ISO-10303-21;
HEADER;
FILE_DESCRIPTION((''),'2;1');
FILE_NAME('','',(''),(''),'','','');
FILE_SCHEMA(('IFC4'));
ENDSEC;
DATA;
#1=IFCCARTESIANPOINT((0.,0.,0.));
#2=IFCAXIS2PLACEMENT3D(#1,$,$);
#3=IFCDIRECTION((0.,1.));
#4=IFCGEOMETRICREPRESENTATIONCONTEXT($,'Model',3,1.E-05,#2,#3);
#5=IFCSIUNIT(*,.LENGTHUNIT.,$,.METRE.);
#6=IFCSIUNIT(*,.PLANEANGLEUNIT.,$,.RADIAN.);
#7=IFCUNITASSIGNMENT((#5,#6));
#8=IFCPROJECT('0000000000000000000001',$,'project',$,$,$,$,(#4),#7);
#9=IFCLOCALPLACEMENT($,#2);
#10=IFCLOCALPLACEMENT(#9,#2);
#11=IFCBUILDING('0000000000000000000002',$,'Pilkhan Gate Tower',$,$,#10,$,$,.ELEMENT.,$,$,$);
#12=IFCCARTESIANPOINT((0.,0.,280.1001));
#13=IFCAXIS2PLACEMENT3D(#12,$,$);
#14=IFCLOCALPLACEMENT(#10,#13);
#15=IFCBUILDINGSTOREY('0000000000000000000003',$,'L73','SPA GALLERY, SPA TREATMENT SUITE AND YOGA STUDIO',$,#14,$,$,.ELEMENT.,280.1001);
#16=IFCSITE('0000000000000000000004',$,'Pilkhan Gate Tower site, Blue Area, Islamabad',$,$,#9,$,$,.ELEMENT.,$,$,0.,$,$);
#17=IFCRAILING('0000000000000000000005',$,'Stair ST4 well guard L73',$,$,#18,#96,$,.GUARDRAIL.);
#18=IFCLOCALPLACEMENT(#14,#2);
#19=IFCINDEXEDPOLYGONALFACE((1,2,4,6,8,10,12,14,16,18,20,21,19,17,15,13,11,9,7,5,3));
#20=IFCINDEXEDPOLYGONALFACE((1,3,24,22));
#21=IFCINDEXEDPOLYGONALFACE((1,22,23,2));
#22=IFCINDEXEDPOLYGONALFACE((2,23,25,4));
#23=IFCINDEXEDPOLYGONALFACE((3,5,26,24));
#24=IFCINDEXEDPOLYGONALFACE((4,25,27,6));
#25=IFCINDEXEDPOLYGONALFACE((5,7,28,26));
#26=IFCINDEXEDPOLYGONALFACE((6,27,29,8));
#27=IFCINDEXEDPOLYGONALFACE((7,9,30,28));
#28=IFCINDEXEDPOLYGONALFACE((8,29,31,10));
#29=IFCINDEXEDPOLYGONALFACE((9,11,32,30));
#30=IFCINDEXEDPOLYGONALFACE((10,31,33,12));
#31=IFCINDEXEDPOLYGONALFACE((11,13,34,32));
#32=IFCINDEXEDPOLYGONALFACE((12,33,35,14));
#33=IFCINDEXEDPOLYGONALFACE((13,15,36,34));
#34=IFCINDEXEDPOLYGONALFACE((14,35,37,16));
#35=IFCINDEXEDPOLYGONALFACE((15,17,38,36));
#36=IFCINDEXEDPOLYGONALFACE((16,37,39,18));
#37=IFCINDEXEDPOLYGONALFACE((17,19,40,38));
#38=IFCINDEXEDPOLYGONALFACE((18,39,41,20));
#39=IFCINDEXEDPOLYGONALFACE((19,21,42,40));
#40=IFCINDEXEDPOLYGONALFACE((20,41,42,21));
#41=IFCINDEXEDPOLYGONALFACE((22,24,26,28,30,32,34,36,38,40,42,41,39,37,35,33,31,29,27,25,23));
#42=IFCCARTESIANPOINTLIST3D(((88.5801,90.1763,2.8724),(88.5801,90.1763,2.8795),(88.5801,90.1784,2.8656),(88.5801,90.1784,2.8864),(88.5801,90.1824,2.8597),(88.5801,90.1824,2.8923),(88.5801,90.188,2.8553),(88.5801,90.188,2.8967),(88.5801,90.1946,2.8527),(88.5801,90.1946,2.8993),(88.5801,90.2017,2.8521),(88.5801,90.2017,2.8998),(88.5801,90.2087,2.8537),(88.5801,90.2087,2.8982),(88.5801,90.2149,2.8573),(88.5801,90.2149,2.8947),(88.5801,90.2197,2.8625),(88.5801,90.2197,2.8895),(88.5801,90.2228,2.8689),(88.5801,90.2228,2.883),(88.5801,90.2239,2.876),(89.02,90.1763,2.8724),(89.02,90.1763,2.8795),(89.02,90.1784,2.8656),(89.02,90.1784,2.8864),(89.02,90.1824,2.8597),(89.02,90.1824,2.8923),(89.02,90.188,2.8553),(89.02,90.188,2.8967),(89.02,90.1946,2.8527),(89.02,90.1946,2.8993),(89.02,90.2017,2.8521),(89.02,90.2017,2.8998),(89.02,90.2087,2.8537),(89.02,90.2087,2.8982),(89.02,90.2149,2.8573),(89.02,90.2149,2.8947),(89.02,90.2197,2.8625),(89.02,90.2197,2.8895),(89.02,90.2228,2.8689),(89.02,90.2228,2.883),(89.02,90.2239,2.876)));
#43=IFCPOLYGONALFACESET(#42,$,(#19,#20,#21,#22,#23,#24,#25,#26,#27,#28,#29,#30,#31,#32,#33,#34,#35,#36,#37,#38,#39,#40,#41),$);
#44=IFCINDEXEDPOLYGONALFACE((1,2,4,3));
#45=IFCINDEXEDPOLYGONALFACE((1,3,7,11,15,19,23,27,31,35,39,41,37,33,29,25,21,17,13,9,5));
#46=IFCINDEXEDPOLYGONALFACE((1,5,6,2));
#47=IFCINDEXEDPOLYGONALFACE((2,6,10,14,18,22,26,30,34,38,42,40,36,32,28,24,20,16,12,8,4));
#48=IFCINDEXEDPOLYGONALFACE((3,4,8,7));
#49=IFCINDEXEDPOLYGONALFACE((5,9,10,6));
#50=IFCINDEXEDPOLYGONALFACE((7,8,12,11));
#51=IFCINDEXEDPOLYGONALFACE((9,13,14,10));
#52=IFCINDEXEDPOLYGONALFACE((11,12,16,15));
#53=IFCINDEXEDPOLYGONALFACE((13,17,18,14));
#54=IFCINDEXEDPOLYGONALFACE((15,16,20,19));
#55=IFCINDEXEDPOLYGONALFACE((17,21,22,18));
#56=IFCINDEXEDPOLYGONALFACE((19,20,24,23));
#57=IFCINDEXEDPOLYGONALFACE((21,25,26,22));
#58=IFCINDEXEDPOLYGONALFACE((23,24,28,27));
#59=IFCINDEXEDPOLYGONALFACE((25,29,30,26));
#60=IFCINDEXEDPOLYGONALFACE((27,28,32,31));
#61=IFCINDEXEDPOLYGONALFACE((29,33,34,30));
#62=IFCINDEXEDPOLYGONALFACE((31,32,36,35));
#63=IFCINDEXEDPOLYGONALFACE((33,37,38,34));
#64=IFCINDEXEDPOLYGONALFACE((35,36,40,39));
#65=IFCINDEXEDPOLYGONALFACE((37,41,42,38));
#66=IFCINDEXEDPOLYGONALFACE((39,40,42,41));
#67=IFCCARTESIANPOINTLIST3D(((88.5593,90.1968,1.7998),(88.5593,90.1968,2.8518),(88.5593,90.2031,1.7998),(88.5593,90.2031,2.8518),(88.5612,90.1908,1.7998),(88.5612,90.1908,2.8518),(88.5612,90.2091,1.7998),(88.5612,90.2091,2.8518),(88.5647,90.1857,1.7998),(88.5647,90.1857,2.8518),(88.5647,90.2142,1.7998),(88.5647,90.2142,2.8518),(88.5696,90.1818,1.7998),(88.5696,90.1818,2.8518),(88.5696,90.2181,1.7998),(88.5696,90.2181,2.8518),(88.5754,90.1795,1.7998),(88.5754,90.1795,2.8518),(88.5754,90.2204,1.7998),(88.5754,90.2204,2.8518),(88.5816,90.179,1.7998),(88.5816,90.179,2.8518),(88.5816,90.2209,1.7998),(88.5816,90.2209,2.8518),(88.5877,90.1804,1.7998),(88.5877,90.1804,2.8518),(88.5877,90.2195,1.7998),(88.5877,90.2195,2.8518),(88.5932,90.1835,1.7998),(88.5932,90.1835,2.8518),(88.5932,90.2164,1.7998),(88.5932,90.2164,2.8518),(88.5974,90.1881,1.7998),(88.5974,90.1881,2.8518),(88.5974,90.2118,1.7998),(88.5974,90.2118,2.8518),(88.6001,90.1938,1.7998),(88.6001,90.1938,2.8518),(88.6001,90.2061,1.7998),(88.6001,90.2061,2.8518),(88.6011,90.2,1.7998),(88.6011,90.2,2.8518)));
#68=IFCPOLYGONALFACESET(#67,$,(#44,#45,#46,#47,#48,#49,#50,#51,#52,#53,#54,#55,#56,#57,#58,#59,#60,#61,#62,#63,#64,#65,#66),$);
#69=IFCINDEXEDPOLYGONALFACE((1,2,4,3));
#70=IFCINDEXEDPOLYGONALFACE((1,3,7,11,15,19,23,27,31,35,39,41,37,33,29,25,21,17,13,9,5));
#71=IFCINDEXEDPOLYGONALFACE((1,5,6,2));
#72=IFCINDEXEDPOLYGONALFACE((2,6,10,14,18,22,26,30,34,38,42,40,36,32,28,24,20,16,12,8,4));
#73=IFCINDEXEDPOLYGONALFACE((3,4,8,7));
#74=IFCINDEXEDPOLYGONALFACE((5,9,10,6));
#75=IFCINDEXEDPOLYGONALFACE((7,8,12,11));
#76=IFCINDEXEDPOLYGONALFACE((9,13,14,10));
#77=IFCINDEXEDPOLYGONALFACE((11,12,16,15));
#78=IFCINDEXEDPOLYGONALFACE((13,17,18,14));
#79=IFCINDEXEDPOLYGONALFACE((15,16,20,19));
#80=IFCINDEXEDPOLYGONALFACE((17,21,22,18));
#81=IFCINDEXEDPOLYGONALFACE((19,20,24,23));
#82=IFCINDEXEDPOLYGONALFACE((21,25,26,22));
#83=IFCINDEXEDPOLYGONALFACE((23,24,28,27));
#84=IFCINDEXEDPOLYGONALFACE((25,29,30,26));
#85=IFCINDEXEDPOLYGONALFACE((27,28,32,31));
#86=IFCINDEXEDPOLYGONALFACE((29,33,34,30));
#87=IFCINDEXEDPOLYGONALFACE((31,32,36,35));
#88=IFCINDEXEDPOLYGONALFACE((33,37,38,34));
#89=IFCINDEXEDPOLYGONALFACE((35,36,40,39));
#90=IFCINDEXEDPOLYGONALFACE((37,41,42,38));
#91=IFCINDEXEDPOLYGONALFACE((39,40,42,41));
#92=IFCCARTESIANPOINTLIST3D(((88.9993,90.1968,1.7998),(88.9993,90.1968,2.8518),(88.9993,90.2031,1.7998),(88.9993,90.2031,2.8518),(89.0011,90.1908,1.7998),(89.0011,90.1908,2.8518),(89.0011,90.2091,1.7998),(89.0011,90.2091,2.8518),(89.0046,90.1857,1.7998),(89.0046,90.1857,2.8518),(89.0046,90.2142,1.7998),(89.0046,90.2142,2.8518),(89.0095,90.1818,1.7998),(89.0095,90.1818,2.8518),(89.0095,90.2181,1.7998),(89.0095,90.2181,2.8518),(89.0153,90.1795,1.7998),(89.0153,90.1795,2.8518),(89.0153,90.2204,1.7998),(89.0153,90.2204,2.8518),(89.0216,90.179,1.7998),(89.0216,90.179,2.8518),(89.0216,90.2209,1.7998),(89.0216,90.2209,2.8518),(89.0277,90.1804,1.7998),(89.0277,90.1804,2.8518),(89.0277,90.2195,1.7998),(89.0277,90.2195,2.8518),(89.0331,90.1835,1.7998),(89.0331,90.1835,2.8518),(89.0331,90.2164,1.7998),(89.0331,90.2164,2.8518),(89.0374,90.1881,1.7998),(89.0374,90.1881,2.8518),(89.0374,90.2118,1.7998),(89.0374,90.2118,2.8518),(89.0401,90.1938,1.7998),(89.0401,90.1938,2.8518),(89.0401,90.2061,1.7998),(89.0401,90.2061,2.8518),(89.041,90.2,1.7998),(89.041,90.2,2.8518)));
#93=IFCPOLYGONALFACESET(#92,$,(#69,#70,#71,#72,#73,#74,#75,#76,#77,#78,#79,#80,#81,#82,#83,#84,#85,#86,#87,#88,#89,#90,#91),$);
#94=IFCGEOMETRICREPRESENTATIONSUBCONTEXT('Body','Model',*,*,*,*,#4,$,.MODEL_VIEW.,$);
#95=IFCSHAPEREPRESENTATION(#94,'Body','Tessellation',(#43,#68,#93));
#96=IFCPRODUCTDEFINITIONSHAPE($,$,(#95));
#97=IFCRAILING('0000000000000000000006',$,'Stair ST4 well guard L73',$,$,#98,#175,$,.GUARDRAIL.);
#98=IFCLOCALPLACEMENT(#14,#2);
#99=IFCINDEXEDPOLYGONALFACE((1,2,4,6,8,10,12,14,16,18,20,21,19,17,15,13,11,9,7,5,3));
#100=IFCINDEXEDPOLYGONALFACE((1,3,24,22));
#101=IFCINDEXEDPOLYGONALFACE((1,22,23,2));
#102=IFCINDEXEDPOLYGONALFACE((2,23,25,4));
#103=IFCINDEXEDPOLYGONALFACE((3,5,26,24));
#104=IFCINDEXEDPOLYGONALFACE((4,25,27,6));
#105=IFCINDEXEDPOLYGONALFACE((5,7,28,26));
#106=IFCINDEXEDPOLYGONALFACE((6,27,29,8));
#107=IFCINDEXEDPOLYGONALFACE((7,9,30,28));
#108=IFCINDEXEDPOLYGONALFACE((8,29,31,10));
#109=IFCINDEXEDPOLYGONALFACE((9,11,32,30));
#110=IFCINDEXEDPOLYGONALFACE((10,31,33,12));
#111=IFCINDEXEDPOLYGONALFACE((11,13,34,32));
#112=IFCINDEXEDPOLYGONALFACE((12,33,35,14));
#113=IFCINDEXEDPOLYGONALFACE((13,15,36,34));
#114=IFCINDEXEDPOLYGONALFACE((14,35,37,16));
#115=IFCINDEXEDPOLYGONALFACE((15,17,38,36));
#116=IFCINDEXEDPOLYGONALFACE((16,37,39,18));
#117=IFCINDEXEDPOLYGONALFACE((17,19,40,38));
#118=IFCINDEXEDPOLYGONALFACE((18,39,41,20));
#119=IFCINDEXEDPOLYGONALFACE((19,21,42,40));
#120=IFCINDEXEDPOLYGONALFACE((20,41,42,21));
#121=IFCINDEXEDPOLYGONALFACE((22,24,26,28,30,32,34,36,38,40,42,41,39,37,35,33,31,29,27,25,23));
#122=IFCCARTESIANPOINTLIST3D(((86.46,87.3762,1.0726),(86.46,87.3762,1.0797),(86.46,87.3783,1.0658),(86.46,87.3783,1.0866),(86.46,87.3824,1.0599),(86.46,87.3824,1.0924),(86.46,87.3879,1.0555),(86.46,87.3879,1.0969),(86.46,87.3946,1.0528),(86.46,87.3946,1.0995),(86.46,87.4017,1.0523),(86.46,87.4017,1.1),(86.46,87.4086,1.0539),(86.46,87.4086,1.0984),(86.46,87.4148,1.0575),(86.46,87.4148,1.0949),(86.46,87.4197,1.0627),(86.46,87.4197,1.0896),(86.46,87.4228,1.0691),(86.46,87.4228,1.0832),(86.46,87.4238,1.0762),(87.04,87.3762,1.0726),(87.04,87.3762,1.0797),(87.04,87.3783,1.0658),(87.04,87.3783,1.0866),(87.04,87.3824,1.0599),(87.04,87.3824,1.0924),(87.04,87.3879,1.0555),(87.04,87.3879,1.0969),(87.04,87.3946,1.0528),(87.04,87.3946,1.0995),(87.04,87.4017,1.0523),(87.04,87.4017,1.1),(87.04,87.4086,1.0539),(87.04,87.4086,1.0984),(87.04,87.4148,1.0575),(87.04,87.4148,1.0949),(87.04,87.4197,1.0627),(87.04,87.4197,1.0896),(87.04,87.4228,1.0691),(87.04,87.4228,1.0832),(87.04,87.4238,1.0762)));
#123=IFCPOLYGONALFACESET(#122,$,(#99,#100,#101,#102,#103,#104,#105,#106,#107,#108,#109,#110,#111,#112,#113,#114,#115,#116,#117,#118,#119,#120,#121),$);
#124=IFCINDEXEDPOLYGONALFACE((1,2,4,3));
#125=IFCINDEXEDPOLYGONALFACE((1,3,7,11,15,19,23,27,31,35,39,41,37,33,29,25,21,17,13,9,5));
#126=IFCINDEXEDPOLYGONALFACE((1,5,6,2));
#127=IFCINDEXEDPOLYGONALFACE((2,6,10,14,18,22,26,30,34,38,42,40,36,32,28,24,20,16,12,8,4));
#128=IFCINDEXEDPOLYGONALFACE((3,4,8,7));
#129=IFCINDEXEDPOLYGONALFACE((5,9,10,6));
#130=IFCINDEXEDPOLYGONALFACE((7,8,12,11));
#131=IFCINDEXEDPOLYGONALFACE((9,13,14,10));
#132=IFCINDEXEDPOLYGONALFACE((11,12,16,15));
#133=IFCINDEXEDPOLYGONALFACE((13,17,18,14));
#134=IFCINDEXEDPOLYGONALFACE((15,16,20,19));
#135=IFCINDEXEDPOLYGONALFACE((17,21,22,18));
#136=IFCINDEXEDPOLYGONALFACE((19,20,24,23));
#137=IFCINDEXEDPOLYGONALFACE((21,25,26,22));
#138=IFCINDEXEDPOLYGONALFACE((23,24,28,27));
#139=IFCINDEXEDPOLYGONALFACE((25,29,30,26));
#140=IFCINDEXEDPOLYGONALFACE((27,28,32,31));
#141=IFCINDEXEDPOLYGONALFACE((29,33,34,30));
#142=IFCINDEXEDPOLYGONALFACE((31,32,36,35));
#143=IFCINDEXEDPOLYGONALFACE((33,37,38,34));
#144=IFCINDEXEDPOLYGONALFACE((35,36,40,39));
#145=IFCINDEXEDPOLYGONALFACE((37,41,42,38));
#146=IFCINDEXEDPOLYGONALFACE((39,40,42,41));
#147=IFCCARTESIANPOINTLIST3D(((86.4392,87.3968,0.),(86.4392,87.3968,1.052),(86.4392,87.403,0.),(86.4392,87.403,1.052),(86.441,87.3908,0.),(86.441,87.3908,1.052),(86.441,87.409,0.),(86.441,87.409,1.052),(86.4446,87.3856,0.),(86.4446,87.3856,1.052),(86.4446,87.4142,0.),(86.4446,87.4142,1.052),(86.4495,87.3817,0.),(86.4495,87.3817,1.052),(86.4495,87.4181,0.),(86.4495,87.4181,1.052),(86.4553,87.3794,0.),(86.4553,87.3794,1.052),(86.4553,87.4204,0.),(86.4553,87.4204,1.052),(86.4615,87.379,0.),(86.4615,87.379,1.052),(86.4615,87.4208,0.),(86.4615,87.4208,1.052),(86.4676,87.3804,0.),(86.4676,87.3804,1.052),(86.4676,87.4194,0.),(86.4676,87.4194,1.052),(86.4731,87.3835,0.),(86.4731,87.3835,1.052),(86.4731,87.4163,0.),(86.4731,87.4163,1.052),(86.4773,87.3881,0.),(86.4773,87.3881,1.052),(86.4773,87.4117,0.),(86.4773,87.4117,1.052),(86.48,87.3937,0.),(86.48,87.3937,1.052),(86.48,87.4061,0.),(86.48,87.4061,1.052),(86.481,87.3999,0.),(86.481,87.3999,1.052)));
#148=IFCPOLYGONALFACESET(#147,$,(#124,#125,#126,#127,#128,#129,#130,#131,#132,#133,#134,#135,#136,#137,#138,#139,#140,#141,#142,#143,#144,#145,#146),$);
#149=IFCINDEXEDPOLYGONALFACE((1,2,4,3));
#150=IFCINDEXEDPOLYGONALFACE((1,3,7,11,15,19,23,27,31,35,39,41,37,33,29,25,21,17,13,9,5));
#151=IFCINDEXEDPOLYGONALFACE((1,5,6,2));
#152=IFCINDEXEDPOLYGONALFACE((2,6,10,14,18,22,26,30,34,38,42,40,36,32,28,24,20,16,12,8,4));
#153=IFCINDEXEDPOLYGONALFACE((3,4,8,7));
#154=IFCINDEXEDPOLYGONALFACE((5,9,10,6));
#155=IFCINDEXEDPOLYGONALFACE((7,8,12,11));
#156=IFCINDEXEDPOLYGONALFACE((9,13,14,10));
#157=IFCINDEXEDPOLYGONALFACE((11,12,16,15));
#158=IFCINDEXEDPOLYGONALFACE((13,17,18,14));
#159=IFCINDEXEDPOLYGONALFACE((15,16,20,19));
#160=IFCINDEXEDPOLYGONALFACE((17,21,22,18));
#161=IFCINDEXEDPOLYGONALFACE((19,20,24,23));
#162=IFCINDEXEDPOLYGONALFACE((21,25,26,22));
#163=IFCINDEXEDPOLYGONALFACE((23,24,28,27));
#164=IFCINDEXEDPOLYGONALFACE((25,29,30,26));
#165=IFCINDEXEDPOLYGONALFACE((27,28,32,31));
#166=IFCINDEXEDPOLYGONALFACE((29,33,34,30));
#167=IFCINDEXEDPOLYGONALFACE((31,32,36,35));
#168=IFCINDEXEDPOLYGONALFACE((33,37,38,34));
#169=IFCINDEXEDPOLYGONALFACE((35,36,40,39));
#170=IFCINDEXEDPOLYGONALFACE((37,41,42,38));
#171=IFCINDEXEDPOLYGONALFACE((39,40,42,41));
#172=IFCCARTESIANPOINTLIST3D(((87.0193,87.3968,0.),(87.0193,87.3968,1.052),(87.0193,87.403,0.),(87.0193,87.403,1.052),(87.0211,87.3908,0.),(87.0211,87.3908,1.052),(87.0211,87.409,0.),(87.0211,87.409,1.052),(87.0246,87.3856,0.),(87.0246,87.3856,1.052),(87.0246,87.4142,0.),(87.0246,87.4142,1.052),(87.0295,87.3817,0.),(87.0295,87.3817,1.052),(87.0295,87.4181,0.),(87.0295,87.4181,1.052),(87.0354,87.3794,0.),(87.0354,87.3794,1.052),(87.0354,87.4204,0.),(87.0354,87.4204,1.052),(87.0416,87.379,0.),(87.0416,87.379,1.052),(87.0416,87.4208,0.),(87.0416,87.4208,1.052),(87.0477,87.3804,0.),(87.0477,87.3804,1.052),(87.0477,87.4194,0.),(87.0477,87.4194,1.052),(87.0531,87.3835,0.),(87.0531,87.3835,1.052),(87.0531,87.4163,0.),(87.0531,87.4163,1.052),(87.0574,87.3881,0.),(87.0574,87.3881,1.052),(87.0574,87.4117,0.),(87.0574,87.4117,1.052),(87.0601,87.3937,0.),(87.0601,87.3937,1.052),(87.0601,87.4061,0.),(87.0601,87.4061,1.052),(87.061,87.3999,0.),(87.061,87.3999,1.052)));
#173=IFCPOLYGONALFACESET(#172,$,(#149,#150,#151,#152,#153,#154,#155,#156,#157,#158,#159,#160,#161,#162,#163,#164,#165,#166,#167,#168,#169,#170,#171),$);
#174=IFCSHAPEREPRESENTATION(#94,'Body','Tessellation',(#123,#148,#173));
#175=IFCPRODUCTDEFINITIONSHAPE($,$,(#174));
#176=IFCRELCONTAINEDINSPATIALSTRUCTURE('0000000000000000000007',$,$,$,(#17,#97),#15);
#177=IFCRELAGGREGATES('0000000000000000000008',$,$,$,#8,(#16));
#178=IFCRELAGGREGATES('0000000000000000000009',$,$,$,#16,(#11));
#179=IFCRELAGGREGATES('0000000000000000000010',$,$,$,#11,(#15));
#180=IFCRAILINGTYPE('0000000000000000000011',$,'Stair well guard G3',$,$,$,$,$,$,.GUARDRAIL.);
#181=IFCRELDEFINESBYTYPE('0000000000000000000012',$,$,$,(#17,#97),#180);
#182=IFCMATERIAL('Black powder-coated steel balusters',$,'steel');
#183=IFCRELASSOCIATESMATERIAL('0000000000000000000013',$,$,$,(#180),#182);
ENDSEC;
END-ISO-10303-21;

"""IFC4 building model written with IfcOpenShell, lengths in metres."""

from ifc_helpers import new_model, si_unit, direction, frame, origin, origin_2d, place, context, subcontext, project, spatial, circle, extrude, material, type_object, element, save


model = new_model("IFC4")

# Units and contexts
model_context = context("Model", 3, precision=1e-05, world=origin(), true_north=direction((0.0, 1.0)))
body_context = subcontext(model_context, "Body", "Model", "MODEL_VIEW")
ifc_project = project(units=[si_unit("LENGTHUNIT", "METRE"), si_unit("PLANEANGLEUNIT", "RADIAN")], contexts=[model_context])

# Site, building, storey
site_placement = place(None, origin())
site = spatial("IfcSite", under=ifc_project, at=site_placement, Name="Pilkhan Gate Tower site, Blue Area, Islamabad", CompositionType="ELEMENT", RefElevation=0.0)
building_placement = place(site_placement, origin())
building = spatial("IfcBuilding", under=site, at=building_placement, Name="Pilkhan Gate Tower", CompositionType="ELEMENT")
storey_placement = place(building_placement, frame((0.0, 0.0, 280.1001)))
storey = spatial("IfcBuildingStorey", under=building, at=storey_placement, Name="L73", Description="SPA GALLERY, SPA TREATMENT SUITE AND YOGA STUDIO", CompositionType="ELEMENT", Elevation=280.1001)

# Railings
ifc_material_1 = material(Name="Black powder-coated steel balusters", Category="steel")
railing_type_1 = type_object("IfcRailingType", Name="Stair well guard G3", PredefinedType="GUARDRAIL", material=ifc_material_1)
railing_1_placement = place(storey_placement, frame((88.5801, 90.2, 1.7998)))
element("IfcRailing", 1, at=railing_1_placement, inside=storey, type_object=railing_type_1, Name="Stair ST4 well guard L73", PredefinedType="GUARDRAIL", context=body_context, shape_type="SweptSolid", body=[
    extrude(circle(Radius=0.0239, at=origin_2d()), frame((0.0, 0.0, 1.0762), z_axis=(1.0, 0.0, 0.0), x_axis=(0.0, 1.0, 0.0)), (0.0, 0.0, 1.0), 0.4399),
    extrude(circle(Radius=0.021, at=origin_2d()), origin(), (0.0, 0.0, 1.0), 1.052),
    extrude(circle(Radius=0.021, at=origin_2d()), frame((0.4399, 0.0, 0.0)), (0.0, 0.0, 1.0), 1.052),
])
for number, where, name in (
    (2, (86.46, 87.3999, 0.0), "Stair ST4 well guard L73"),
):
    element("IfcRailing", number, at=place(storey_placement, frame(where)), inside=storey, type_object=railing_type_1, Name=name, PredefinedType="GUARDRAIL", context=body_context, shape_type="SweptSolid", body=[
        extrude(circle(Radius=0.0239, at=origin_2d()), frame((0.0, 0.0, 1.0762), z_axis=(1.0, 0.0, 0.0), x_axis=(0.0, 1.0, 0.0)), (0.0, 0.0, 1.0), 0.5801),
        extrude(circle(Radius=0.021, at=origin_2d()), origin(), (0.0, 0.0, 1.0), 1.052),
        extrude(circle(Radius=0.021, at=origin_2d()), frame((0.5801, 0.0, 0.0)), (0.0, 0.0, 1.0), 1.052),
    ])

save(model, "model.ifc")
